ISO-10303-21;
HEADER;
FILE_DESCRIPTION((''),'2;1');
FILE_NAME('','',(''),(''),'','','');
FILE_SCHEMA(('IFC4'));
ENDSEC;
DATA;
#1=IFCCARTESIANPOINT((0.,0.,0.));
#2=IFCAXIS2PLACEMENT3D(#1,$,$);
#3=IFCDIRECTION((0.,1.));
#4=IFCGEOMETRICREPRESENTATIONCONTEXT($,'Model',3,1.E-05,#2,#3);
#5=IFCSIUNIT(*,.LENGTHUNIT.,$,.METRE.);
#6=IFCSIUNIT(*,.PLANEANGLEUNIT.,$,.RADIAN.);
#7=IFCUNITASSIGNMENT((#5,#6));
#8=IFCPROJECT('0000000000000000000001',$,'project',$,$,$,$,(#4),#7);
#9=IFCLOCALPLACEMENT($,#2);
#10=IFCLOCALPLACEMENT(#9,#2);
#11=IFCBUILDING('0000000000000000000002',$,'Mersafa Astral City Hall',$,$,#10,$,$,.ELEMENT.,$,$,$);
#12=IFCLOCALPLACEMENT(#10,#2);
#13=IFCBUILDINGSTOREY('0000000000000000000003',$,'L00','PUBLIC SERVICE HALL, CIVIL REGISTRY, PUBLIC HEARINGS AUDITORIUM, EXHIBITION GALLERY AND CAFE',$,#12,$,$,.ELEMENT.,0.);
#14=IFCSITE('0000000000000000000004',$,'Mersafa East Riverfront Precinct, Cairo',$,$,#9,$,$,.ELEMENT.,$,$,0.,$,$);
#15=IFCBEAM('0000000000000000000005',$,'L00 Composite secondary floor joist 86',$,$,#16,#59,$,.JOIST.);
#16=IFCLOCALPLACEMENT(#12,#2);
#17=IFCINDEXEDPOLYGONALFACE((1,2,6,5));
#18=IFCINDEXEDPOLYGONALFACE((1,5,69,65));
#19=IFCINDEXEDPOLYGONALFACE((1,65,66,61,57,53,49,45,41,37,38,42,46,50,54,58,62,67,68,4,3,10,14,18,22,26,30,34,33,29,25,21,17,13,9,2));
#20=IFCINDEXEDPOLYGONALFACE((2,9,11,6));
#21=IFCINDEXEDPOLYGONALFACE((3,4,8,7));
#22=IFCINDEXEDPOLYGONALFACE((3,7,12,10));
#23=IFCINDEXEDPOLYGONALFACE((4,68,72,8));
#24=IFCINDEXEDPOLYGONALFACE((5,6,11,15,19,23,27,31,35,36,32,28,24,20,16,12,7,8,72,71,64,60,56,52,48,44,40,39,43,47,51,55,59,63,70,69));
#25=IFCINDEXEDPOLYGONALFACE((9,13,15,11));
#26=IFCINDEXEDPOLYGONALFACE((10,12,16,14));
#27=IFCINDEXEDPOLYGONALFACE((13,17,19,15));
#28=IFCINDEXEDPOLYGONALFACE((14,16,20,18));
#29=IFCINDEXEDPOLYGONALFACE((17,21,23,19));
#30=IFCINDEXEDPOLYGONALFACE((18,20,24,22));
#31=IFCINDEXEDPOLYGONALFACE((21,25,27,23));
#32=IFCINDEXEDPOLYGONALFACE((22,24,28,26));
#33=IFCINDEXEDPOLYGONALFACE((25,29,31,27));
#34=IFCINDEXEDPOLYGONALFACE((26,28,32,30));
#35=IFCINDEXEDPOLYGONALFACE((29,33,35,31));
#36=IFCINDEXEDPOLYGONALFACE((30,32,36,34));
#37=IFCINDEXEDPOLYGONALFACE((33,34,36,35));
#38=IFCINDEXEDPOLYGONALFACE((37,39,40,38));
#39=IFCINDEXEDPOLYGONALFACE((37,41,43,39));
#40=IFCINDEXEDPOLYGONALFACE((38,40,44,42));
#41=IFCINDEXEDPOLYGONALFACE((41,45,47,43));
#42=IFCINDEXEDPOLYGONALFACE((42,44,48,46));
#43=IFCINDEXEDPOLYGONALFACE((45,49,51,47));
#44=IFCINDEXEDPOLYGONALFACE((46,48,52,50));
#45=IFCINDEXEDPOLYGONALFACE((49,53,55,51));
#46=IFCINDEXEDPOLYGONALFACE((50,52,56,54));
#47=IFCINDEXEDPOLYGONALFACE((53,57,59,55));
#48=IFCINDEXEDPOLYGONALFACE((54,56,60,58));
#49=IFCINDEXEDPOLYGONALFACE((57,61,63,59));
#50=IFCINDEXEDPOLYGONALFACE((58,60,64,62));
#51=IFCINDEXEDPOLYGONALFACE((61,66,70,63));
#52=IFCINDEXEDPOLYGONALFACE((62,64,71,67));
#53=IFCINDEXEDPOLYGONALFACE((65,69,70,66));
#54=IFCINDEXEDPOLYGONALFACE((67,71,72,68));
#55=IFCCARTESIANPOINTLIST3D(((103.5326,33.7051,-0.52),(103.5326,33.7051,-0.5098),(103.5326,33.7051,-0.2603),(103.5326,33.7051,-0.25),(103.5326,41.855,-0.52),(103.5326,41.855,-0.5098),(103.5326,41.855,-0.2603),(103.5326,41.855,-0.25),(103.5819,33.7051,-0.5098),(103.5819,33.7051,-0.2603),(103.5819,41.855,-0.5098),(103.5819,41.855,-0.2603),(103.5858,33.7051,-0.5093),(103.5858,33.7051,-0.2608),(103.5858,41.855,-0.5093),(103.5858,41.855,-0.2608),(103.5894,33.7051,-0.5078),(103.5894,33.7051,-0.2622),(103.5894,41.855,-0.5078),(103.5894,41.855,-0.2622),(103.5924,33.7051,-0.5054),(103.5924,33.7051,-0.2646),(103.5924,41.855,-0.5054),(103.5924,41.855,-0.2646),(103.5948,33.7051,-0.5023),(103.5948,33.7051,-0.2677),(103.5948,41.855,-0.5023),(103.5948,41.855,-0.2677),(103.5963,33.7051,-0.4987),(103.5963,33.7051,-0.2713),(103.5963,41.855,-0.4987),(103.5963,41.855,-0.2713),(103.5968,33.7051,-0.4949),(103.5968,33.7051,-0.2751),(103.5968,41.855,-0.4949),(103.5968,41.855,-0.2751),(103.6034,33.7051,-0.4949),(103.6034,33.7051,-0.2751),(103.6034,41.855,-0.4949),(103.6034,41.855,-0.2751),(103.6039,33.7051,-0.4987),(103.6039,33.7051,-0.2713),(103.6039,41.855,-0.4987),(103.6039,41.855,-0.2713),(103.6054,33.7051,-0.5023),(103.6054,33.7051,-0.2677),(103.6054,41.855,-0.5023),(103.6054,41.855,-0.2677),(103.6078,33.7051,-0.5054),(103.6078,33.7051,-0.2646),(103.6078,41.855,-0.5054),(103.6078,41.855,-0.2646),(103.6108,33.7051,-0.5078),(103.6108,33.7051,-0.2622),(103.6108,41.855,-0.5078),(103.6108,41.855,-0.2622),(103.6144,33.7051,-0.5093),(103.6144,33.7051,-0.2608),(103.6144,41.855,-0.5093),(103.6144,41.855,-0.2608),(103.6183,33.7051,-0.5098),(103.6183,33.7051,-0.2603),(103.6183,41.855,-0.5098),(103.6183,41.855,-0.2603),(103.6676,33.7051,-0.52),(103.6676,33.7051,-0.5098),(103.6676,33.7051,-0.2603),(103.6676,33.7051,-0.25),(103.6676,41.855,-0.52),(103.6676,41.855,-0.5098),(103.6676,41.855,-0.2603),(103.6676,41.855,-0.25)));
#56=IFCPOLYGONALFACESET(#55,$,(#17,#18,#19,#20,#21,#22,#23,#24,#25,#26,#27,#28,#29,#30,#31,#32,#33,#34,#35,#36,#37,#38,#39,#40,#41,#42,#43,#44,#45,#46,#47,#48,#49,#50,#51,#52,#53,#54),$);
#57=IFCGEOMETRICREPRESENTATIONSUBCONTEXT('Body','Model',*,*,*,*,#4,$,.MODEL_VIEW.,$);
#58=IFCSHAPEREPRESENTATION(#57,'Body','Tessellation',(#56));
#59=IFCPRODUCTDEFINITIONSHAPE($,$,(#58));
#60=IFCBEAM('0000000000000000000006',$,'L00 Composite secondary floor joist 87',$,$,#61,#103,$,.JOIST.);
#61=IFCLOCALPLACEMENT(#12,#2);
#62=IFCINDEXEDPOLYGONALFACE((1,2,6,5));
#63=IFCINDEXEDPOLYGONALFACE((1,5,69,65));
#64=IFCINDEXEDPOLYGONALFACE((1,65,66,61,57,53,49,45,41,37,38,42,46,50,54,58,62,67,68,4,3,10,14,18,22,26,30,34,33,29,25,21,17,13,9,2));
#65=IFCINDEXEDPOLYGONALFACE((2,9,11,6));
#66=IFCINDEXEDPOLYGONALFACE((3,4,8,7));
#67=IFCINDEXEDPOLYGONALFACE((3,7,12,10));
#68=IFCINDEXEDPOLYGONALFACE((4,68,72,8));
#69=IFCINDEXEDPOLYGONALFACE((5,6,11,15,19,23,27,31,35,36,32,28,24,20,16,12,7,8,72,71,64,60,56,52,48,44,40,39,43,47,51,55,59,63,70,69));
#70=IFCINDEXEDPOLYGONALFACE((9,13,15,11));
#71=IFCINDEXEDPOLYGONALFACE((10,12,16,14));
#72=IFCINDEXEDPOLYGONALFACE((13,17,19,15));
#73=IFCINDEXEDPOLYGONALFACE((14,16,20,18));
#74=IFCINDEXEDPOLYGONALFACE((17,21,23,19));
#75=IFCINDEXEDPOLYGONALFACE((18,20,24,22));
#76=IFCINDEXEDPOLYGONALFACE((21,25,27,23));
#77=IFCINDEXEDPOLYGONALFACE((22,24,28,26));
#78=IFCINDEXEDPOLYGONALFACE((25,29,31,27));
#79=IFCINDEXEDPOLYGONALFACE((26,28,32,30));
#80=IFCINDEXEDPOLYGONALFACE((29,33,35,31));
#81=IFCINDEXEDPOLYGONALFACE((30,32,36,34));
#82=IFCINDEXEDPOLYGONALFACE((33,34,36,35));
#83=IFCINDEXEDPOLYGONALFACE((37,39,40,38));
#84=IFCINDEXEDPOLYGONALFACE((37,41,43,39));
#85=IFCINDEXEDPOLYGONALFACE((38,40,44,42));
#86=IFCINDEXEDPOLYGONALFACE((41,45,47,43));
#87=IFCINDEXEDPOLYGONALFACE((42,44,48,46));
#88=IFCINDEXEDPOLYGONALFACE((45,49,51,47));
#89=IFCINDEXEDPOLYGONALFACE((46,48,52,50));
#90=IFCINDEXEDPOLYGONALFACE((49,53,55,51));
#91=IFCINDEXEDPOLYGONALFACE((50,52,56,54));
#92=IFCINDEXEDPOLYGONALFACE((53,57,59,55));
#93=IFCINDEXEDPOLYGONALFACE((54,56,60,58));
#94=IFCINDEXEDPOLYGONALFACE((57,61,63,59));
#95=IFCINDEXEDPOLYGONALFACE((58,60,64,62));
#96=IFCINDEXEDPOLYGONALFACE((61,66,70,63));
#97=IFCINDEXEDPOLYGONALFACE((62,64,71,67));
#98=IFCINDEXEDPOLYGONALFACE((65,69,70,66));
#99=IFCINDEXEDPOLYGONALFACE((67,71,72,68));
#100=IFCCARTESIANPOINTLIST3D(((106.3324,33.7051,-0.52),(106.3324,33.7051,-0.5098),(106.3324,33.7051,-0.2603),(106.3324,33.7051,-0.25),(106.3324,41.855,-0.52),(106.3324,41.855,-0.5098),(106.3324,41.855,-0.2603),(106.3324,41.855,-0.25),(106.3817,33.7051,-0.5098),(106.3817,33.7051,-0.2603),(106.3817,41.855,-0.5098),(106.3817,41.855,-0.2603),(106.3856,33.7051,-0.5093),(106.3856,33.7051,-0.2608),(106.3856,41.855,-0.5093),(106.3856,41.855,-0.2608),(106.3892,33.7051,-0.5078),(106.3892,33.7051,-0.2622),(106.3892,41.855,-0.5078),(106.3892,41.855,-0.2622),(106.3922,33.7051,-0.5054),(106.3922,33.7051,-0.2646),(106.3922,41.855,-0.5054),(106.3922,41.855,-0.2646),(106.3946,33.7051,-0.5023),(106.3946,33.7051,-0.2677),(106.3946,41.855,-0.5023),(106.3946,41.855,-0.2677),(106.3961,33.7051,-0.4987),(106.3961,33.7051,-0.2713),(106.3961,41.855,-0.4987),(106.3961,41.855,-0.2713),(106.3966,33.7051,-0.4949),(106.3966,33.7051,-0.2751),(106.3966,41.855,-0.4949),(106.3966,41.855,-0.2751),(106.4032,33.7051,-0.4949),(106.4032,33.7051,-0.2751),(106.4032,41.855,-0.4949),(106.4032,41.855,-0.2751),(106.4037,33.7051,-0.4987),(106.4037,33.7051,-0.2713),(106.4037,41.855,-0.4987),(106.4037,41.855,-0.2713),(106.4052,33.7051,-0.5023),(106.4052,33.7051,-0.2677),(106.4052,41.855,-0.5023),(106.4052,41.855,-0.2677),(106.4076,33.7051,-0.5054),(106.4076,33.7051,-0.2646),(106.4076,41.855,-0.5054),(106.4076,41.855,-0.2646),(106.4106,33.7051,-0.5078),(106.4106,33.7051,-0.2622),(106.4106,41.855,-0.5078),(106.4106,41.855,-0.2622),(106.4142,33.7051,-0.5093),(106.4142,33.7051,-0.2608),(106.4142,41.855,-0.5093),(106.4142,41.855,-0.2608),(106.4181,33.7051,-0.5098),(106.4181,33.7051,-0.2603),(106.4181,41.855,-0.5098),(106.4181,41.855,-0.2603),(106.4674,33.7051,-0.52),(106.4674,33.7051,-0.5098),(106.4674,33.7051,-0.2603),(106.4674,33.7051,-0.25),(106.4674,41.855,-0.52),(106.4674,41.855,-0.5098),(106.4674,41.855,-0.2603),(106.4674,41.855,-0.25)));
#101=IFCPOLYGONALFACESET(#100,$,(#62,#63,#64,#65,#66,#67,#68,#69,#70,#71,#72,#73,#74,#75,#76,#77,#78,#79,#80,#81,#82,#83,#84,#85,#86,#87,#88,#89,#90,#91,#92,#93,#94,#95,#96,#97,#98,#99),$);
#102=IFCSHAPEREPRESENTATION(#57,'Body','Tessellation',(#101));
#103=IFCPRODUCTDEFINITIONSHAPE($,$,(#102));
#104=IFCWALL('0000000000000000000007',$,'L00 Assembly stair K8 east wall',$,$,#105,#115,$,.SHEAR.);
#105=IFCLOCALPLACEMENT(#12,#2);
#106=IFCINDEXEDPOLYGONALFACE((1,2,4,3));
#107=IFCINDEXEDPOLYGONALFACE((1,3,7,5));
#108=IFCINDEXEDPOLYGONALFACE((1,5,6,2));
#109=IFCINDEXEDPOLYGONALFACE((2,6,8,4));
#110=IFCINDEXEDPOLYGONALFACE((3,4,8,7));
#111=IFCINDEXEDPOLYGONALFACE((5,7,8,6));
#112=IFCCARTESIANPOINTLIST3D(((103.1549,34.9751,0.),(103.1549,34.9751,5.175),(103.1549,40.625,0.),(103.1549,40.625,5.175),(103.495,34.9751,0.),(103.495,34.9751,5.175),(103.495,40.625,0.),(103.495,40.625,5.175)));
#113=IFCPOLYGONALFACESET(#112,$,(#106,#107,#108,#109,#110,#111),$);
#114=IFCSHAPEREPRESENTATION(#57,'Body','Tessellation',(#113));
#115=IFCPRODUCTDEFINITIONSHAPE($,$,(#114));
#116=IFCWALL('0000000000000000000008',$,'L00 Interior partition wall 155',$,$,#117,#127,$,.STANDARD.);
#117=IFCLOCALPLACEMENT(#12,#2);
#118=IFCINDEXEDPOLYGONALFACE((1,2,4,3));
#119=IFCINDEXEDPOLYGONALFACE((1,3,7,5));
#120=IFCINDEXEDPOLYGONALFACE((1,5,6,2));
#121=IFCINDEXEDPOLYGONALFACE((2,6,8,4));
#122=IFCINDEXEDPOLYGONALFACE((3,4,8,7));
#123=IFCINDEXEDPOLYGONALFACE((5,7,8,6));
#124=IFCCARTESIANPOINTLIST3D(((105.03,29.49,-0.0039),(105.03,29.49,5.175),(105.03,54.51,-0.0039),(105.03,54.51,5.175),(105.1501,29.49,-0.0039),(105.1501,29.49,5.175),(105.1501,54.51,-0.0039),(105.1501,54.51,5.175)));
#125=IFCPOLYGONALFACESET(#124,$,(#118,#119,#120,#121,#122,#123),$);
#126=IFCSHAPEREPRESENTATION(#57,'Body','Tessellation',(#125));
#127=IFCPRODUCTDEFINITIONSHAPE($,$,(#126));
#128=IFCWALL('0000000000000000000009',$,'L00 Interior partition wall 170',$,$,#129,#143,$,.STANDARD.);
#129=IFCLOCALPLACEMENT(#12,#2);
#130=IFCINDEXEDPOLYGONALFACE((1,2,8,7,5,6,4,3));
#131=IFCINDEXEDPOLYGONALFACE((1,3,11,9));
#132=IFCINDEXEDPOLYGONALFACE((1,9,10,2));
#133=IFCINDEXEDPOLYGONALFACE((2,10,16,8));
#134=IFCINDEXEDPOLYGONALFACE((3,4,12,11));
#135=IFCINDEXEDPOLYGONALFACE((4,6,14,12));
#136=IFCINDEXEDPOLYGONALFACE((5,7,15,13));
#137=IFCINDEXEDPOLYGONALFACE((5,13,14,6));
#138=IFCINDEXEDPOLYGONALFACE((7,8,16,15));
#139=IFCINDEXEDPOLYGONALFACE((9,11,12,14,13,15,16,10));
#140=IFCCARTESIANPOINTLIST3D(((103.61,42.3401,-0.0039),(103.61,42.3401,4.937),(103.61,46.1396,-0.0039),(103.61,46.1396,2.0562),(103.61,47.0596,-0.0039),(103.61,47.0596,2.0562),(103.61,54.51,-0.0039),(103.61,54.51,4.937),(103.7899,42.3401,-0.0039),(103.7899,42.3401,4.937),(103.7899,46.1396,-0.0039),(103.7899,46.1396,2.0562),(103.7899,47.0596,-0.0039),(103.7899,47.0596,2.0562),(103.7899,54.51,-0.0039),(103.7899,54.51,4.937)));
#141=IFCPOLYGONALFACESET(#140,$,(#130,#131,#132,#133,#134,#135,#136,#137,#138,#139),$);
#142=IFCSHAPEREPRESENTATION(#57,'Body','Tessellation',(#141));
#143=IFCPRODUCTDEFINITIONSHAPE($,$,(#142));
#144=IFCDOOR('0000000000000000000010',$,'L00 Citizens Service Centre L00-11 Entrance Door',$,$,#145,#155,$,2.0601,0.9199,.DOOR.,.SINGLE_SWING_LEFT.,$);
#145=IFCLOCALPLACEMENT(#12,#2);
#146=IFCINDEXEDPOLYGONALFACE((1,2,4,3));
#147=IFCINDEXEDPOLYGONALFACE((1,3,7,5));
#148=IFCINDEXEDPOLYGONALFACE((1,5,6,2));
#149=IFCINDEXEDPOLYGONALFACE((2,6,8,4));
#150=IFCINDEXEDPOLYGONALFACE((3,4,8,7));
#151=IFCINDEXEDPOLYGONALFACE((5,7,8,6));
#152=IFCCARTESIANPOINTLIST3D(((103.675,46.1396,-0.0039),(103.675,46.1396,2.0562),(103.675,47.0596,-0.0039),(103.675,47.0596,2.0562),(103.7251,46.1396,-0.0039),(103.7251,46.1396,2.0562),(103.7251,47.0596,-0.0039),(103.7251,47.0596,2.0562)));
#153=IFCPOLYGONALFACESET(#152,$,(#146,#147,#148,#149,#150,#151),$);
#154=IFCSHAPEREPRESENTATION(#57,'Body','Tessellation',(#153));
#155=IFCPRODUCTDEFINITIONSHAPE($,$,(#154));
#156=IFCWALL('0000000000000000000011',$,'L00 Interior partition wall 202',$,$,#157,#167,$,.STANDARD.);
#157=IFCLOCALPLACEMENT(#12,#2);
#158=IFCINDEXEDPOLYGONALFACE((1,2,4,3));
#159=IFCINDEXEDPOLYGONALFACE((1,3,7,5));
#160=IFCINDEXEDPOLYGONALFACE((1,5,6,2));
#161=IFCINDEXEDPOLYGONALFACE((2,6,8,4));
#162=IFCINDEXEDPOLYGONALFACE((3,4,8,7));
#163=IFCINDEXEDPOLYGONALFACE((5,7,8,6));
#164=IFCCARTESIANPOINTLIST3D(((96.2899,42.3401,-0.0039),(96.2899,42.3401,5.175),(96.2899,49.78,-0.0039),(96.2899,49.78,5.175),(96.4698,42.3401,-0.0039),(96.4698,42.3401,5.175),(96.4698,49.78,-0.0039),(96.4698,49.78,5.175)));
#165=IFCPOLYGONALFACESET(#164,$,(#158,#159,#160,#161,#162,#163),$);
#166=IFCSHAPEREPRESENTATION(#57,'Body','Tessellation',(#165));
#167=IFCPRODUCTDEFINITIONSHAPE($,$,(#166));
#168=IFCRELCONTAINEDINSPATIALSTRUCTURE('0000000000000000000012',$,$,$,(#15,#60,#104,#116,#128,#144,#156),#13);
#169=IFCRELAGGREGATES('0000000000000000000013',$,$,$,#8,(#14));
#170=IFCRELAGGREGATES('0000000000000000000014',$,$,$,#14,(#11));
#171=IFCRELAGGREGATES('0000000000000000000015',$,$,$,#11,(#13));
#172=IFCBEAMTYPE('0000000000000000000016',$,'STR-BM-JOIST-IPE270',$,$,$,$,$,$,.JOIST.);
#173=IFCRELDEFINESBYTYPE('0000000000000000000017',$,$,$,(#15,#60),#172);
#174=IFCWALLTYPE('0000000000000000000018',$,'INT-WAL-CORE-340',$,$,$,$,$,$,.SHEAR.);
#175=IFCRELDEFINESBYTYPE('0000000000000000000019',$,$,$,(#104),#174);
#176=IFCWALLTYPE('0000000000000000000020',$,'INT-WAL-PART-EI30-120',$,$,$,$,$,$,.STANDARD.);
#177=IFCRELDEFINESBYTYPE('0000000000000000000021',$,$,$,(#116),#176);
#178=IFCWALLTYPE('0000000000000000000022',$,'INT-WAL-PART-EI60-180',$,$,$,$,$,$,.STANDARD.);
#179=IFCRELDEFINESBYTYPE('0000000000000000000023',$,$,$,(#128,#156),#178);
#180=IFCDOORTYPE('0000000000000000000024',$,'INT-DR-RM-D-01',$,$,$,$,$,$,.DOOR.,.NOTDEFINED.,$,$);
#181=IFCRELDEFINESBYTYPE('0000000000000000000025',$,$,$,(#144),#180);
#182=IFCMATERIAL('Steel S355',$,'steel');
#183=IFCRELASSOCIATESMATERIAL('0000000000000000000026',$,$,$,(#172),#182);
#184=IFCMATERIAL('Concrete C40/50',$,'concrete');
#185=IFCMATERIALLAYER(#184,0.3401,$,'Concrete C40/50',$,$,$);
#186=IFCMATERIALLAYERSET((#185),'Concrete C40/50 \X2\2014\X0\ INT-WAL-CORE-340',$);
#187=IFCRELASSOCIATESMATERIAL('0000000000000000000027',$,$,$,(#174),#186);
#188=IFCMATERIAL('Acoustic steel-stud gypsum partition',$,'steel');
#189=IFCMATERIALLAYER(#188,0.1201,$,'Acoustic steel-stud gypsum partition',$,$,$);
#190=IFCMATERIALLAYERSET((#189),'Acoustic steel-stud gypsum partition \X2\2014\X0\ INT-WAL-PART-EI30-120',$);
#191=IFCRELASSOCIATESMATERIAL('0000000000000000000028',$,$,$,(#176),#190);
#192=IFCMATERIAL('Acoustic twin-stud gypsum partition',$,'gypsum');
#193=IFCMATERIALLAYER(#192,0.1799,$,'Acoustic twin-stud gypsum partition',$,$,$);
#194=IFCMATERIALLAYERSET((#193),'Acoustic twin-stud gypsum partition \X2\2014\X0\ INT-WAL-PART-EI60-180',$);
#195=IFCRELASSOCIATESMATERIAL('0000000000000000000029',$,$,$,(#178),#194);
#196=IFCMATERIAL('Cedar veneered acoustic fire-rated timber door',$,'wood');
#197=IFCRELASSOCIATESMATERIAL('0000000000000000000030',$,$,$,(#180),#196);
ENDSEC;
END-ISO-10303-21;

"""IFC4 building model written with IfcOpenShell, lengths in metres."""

from ifc_helpers import new_model, si_unit, direction, frame, frame_2d, origin, origin_2d, place, context, subcontext, project, spatial, rectangle, i_section, extrude, material, layer, layer_set, material_profile, profile_set, type_object, element, fill, save


model = new_model("IFC4")

# Units and contexts
model_context = context("Model", 3, precision=1e-05, world=origin(), true_north=direction((0.0, 1.0)))
body_context = subcontext(model_context, "Body", "Model", "MODEL_VIEW")
ifc_project = project(units=[si_unit("LENGTHUNIT", "METRE"), si_unit("PLANEANGLEUNIT", "RADIAN")], contexts=[model_context])

# Site, building, storey
site_placement = place(None, origin())
site = spatial("IfcSite", under=ifc_project, at=site_placement, Name="Mersafa East Riverfront Precinct, Cairo", CompositionType="ELEMENT", RefElevation=0.0)
building_placement = place(site_placement, origin())
building = spatial("IfcBuilding", under=site, at=building_placement, Name="Mersafa Astral City Hall", CompositionType="ELEMENT")
storey_placement = place(building_placement, origin())
storey = spatial("IfcBuildingStorey", under=building, at=storey_placement, Name="L00", Description="PUBLIC SERVICE HALL, CIVIL REGISTRY, PUBLIC HEARINGS AUDITORIUM, EXHIBITION GALLERY AND CAFE", CompositionType="ELEMENT", Elevation=0.0)

# Shared definitions
ifc_material_1 = material(Name="Steel S355", Category="steel")

# Beams
ifc_material_profile_1 = material_profile(ifc_material_1, i_section(OverallWidth=0.135, OverallDepth=0.27, WebThickness=0.0066, FlangeThickness=0.0103, FilletRadius=0.0149, at=origin_2d()), Name="IPE 270")
ifc_profile_set_1 = profile_set([ifc_material_profile_1], Name="Steel S355")
beam_type_1 = type_object("IfcBeamType", Name="STR-BM-JOIST-IPE270", PredefinedType="JOIST", material=ifc_profile_set_1)
for number, where, z_axis, x_axis, name in (
    (1, (103.6001, 33.7051, -0.385), (0.0, 1.0, 0.0), (-1.0, 0.0, 0.0), "L00 Composite secondary floor joist 86"),
    (2, (106.3999, 33.7051, -0.385), (0.0, 1.0, 0.0), (-1.0, 0.0, 0.0), "L00 Composite secondary floor joist 87"),
):
    element("IfcBeam", number, at=place(storey_placement, frame(where, z_axis=z_axis, x_axis=x_axis)), inside=storey, type_object=beam_type_1, Name=name, PredefinedType="JOIST", context=body_context, shape_type="SweptSolid", body=[
        extrude(i_section(OverallWidth=0.135, OverallDepth=0.27, WebThickness=0.0066, FlangeThickness=0.0103, FilletRadius=0.0149, at=origin_2d()), origin(), (0.0, 0.0, 1.0), 8.1499),
    ])

# Walls
ifc_material_2 = material(Name="Concrete C40/50", Category="concrete")
ifc_layer_1 = layer(ifc_material_2, 0.3401, Name="Concrete C40/50")
ifc_layer_set_1 = layer_set([ifc_layer_1], Name="Concrete C40/50 — INT-WAL-CORE-340")
wall_type_1 = type_object("IfcWallType", Name="INT-WAL-CORE-340", PredefinedType="SHEAR", material=ifc_layer_set_1)
wall_1_placement = place(storey_placement, frame((103.325, 34.9751, 0.0), z_axis=(0.0, 0.0, 1.0), x_axis=(0.0, 1.0, 0.0)))
element("IfcWall", 3, at=wall_1_placement, inside=storey, type_object=wall_type_1, Name="L00 Assembly stair K8 east wall", PredefinedType="SHEAR", context=body_context, shape_type="SweptSolid", body=[
    extrude(rectangle(XDim=5.6499, YDim=0.3401, at=frame_2d((2.825, 0.0))), origin(), (0.0, 0.0, 1.0), 5.175),
])
ifc_material_3 = material(Name="Acoustic steel-stud gypsum partition", Category="steel")
ifc_layer_2 = layer(ifc_material_3, 0.1201, Name="Acoustic steel-stud gypsum partition")
ifc_layer_set_2 = layer_set([ifc_layer_2], Name="Acoustic steel-stud gypsum partition — INT-WAL-PART-EI30-120")
wall_type_2 = type_object("IfcWallType", Name="INT-WAL-PART-EI30-120", PredefinedType="STANDARD", material=ifc_layer_set_2)
wall_2_placement = place(storey_placement, frame((105.0901, 29.49, -0.0039), z_axis=(0.0, 0.0, 1.0), x_axis=(0.0, 1.0, 0.0)))
element("IfcWall", 4, at=wall_2_placement, inside=storey, type_object=wall_type_2, Name="L00 Interior partition wall 155", PredefinedType="STANDARD", context=body_context, shape_type="SweptSolid", body=[
    extrude(rectangle(XDim=25.02, YDim=0.1201, at=frame_2d((12.51, 0.0))), origin(), (0.0, 0.0, 1.0), 5.179),
])

# Wall, opening, door
ifc_material_4 = material(Name="Acoustic twin-stud gypsum partition", Category="gypsum")
ifc_layer_3 = layer(ifc_material_4, 0.1799, Name="Acoustic twin-stud gypsum partition")
ifc_layer_set_3 = layer_set([ifc_layer_3], Name="Acoustic twin-stud gypsum partition — INT-WAL-PART-EI60-180")
wall_type_3 = type_object("IfcWallType", Name="INT-WAL-PART-EI60-180", PredefinedType="STANDARD", material=ifc_layer_set_3)
wall_3_placement = place(storey_placement, frame((103.7, 42.3401, -0.0039), z_axis=(0.0, 0.0, 1.0), x_axis=(0.0, 1.0, 0.0)))
wall_3 = element("IfcWall", 5, at=wall_3_placement, inside=storey, type_object=wall_type_3, Name="L00 Interior partition wall 170", PredefinedType="STANDARD", context=body_context, shape_type="SweptSolid", body=[
    extrude(rectangle(XDim=12.1699, YDim=0.1799, at=frame_2d((6.085, 0.0))), origin(), (0.0, 0.0, 1.0), 4.9409),
])
opening_placement = place(wall_3_placement, frame((3.7996, 0.0, 0.0)))
opening = element("IfcOpeningElement", 6, at=opening_placement, cuts=wall_3, PredefinedType="OPENING", context=body_context, shape_type="SweptSolid", body=[
    extrude(rectangle(XDim=0.9199, YDim=2.0601, at=frame_2d((0.46, 1.03))), frame((0.0, 0.0999, 0.0), z_axis=(0.0, -1.0, 0.0), x_axis=(1.0, 0.0, 0.0)), (0.0, 0.0, 1.0), 0.2),
])
ifc_material_5 = material(Name="Cedar veneered acoustic fire-rated timber door", Category="wood")
door_type = type_object("IfcDoorType", Name="INT-DR-RM-D-01", OperationType="NOTDEFINED", PredefinedType="DOOR", material=ifc_material_5)
door_placement = place(opening_placement, origin())
door = element("IfcDoor", 7, at=door_placement, inside=storey, type_object=door_type, Name="L00 Citizens Service Centre L00-11 Entrance Door", OperationType="SINGLE_SWING_LEFT", OverallHeight=2.0601, OverallWidth=0.9199, PredefinedType="DOOR", context=body_context, shape_type="SweptSolid", body=[
    extrude(rectangle(XDim=0.9199, YDim=2.0601, at=frame_2d((0.46, 1.03))), frame((0.0, 0.0249, 0.0), z_axis=(0.0, -1.0, 0.0), x_axis=(1.0, 0.0, 0.0)), (0.0, 0.0, 1.0), 0.05),
])
fill(opening, door)

# Wall
wall_4_placement = place(storey_placement, frame((96.3799, 42.3401, -0.0039), z_axis=(0.0, 0.0, 1.0), x_axis=(0.0, 1.0, 0.0)))
element("IfcWall", 8, at=wall_4_placement, inside=storey, type_object=wall_type_3, Name="L00 Interior partition wall 202", PredefinedType="STANDARD", context=body_context, shape_type="SweptSolid", body=[
    extrude(rectangle(XDim=7.4399, YDim=0.1799, at=frame_2d((3.72, 0.0))), origin(), (0.0, 0.0, 1.0), 5.179),
])

save(model, "model.ifc")
